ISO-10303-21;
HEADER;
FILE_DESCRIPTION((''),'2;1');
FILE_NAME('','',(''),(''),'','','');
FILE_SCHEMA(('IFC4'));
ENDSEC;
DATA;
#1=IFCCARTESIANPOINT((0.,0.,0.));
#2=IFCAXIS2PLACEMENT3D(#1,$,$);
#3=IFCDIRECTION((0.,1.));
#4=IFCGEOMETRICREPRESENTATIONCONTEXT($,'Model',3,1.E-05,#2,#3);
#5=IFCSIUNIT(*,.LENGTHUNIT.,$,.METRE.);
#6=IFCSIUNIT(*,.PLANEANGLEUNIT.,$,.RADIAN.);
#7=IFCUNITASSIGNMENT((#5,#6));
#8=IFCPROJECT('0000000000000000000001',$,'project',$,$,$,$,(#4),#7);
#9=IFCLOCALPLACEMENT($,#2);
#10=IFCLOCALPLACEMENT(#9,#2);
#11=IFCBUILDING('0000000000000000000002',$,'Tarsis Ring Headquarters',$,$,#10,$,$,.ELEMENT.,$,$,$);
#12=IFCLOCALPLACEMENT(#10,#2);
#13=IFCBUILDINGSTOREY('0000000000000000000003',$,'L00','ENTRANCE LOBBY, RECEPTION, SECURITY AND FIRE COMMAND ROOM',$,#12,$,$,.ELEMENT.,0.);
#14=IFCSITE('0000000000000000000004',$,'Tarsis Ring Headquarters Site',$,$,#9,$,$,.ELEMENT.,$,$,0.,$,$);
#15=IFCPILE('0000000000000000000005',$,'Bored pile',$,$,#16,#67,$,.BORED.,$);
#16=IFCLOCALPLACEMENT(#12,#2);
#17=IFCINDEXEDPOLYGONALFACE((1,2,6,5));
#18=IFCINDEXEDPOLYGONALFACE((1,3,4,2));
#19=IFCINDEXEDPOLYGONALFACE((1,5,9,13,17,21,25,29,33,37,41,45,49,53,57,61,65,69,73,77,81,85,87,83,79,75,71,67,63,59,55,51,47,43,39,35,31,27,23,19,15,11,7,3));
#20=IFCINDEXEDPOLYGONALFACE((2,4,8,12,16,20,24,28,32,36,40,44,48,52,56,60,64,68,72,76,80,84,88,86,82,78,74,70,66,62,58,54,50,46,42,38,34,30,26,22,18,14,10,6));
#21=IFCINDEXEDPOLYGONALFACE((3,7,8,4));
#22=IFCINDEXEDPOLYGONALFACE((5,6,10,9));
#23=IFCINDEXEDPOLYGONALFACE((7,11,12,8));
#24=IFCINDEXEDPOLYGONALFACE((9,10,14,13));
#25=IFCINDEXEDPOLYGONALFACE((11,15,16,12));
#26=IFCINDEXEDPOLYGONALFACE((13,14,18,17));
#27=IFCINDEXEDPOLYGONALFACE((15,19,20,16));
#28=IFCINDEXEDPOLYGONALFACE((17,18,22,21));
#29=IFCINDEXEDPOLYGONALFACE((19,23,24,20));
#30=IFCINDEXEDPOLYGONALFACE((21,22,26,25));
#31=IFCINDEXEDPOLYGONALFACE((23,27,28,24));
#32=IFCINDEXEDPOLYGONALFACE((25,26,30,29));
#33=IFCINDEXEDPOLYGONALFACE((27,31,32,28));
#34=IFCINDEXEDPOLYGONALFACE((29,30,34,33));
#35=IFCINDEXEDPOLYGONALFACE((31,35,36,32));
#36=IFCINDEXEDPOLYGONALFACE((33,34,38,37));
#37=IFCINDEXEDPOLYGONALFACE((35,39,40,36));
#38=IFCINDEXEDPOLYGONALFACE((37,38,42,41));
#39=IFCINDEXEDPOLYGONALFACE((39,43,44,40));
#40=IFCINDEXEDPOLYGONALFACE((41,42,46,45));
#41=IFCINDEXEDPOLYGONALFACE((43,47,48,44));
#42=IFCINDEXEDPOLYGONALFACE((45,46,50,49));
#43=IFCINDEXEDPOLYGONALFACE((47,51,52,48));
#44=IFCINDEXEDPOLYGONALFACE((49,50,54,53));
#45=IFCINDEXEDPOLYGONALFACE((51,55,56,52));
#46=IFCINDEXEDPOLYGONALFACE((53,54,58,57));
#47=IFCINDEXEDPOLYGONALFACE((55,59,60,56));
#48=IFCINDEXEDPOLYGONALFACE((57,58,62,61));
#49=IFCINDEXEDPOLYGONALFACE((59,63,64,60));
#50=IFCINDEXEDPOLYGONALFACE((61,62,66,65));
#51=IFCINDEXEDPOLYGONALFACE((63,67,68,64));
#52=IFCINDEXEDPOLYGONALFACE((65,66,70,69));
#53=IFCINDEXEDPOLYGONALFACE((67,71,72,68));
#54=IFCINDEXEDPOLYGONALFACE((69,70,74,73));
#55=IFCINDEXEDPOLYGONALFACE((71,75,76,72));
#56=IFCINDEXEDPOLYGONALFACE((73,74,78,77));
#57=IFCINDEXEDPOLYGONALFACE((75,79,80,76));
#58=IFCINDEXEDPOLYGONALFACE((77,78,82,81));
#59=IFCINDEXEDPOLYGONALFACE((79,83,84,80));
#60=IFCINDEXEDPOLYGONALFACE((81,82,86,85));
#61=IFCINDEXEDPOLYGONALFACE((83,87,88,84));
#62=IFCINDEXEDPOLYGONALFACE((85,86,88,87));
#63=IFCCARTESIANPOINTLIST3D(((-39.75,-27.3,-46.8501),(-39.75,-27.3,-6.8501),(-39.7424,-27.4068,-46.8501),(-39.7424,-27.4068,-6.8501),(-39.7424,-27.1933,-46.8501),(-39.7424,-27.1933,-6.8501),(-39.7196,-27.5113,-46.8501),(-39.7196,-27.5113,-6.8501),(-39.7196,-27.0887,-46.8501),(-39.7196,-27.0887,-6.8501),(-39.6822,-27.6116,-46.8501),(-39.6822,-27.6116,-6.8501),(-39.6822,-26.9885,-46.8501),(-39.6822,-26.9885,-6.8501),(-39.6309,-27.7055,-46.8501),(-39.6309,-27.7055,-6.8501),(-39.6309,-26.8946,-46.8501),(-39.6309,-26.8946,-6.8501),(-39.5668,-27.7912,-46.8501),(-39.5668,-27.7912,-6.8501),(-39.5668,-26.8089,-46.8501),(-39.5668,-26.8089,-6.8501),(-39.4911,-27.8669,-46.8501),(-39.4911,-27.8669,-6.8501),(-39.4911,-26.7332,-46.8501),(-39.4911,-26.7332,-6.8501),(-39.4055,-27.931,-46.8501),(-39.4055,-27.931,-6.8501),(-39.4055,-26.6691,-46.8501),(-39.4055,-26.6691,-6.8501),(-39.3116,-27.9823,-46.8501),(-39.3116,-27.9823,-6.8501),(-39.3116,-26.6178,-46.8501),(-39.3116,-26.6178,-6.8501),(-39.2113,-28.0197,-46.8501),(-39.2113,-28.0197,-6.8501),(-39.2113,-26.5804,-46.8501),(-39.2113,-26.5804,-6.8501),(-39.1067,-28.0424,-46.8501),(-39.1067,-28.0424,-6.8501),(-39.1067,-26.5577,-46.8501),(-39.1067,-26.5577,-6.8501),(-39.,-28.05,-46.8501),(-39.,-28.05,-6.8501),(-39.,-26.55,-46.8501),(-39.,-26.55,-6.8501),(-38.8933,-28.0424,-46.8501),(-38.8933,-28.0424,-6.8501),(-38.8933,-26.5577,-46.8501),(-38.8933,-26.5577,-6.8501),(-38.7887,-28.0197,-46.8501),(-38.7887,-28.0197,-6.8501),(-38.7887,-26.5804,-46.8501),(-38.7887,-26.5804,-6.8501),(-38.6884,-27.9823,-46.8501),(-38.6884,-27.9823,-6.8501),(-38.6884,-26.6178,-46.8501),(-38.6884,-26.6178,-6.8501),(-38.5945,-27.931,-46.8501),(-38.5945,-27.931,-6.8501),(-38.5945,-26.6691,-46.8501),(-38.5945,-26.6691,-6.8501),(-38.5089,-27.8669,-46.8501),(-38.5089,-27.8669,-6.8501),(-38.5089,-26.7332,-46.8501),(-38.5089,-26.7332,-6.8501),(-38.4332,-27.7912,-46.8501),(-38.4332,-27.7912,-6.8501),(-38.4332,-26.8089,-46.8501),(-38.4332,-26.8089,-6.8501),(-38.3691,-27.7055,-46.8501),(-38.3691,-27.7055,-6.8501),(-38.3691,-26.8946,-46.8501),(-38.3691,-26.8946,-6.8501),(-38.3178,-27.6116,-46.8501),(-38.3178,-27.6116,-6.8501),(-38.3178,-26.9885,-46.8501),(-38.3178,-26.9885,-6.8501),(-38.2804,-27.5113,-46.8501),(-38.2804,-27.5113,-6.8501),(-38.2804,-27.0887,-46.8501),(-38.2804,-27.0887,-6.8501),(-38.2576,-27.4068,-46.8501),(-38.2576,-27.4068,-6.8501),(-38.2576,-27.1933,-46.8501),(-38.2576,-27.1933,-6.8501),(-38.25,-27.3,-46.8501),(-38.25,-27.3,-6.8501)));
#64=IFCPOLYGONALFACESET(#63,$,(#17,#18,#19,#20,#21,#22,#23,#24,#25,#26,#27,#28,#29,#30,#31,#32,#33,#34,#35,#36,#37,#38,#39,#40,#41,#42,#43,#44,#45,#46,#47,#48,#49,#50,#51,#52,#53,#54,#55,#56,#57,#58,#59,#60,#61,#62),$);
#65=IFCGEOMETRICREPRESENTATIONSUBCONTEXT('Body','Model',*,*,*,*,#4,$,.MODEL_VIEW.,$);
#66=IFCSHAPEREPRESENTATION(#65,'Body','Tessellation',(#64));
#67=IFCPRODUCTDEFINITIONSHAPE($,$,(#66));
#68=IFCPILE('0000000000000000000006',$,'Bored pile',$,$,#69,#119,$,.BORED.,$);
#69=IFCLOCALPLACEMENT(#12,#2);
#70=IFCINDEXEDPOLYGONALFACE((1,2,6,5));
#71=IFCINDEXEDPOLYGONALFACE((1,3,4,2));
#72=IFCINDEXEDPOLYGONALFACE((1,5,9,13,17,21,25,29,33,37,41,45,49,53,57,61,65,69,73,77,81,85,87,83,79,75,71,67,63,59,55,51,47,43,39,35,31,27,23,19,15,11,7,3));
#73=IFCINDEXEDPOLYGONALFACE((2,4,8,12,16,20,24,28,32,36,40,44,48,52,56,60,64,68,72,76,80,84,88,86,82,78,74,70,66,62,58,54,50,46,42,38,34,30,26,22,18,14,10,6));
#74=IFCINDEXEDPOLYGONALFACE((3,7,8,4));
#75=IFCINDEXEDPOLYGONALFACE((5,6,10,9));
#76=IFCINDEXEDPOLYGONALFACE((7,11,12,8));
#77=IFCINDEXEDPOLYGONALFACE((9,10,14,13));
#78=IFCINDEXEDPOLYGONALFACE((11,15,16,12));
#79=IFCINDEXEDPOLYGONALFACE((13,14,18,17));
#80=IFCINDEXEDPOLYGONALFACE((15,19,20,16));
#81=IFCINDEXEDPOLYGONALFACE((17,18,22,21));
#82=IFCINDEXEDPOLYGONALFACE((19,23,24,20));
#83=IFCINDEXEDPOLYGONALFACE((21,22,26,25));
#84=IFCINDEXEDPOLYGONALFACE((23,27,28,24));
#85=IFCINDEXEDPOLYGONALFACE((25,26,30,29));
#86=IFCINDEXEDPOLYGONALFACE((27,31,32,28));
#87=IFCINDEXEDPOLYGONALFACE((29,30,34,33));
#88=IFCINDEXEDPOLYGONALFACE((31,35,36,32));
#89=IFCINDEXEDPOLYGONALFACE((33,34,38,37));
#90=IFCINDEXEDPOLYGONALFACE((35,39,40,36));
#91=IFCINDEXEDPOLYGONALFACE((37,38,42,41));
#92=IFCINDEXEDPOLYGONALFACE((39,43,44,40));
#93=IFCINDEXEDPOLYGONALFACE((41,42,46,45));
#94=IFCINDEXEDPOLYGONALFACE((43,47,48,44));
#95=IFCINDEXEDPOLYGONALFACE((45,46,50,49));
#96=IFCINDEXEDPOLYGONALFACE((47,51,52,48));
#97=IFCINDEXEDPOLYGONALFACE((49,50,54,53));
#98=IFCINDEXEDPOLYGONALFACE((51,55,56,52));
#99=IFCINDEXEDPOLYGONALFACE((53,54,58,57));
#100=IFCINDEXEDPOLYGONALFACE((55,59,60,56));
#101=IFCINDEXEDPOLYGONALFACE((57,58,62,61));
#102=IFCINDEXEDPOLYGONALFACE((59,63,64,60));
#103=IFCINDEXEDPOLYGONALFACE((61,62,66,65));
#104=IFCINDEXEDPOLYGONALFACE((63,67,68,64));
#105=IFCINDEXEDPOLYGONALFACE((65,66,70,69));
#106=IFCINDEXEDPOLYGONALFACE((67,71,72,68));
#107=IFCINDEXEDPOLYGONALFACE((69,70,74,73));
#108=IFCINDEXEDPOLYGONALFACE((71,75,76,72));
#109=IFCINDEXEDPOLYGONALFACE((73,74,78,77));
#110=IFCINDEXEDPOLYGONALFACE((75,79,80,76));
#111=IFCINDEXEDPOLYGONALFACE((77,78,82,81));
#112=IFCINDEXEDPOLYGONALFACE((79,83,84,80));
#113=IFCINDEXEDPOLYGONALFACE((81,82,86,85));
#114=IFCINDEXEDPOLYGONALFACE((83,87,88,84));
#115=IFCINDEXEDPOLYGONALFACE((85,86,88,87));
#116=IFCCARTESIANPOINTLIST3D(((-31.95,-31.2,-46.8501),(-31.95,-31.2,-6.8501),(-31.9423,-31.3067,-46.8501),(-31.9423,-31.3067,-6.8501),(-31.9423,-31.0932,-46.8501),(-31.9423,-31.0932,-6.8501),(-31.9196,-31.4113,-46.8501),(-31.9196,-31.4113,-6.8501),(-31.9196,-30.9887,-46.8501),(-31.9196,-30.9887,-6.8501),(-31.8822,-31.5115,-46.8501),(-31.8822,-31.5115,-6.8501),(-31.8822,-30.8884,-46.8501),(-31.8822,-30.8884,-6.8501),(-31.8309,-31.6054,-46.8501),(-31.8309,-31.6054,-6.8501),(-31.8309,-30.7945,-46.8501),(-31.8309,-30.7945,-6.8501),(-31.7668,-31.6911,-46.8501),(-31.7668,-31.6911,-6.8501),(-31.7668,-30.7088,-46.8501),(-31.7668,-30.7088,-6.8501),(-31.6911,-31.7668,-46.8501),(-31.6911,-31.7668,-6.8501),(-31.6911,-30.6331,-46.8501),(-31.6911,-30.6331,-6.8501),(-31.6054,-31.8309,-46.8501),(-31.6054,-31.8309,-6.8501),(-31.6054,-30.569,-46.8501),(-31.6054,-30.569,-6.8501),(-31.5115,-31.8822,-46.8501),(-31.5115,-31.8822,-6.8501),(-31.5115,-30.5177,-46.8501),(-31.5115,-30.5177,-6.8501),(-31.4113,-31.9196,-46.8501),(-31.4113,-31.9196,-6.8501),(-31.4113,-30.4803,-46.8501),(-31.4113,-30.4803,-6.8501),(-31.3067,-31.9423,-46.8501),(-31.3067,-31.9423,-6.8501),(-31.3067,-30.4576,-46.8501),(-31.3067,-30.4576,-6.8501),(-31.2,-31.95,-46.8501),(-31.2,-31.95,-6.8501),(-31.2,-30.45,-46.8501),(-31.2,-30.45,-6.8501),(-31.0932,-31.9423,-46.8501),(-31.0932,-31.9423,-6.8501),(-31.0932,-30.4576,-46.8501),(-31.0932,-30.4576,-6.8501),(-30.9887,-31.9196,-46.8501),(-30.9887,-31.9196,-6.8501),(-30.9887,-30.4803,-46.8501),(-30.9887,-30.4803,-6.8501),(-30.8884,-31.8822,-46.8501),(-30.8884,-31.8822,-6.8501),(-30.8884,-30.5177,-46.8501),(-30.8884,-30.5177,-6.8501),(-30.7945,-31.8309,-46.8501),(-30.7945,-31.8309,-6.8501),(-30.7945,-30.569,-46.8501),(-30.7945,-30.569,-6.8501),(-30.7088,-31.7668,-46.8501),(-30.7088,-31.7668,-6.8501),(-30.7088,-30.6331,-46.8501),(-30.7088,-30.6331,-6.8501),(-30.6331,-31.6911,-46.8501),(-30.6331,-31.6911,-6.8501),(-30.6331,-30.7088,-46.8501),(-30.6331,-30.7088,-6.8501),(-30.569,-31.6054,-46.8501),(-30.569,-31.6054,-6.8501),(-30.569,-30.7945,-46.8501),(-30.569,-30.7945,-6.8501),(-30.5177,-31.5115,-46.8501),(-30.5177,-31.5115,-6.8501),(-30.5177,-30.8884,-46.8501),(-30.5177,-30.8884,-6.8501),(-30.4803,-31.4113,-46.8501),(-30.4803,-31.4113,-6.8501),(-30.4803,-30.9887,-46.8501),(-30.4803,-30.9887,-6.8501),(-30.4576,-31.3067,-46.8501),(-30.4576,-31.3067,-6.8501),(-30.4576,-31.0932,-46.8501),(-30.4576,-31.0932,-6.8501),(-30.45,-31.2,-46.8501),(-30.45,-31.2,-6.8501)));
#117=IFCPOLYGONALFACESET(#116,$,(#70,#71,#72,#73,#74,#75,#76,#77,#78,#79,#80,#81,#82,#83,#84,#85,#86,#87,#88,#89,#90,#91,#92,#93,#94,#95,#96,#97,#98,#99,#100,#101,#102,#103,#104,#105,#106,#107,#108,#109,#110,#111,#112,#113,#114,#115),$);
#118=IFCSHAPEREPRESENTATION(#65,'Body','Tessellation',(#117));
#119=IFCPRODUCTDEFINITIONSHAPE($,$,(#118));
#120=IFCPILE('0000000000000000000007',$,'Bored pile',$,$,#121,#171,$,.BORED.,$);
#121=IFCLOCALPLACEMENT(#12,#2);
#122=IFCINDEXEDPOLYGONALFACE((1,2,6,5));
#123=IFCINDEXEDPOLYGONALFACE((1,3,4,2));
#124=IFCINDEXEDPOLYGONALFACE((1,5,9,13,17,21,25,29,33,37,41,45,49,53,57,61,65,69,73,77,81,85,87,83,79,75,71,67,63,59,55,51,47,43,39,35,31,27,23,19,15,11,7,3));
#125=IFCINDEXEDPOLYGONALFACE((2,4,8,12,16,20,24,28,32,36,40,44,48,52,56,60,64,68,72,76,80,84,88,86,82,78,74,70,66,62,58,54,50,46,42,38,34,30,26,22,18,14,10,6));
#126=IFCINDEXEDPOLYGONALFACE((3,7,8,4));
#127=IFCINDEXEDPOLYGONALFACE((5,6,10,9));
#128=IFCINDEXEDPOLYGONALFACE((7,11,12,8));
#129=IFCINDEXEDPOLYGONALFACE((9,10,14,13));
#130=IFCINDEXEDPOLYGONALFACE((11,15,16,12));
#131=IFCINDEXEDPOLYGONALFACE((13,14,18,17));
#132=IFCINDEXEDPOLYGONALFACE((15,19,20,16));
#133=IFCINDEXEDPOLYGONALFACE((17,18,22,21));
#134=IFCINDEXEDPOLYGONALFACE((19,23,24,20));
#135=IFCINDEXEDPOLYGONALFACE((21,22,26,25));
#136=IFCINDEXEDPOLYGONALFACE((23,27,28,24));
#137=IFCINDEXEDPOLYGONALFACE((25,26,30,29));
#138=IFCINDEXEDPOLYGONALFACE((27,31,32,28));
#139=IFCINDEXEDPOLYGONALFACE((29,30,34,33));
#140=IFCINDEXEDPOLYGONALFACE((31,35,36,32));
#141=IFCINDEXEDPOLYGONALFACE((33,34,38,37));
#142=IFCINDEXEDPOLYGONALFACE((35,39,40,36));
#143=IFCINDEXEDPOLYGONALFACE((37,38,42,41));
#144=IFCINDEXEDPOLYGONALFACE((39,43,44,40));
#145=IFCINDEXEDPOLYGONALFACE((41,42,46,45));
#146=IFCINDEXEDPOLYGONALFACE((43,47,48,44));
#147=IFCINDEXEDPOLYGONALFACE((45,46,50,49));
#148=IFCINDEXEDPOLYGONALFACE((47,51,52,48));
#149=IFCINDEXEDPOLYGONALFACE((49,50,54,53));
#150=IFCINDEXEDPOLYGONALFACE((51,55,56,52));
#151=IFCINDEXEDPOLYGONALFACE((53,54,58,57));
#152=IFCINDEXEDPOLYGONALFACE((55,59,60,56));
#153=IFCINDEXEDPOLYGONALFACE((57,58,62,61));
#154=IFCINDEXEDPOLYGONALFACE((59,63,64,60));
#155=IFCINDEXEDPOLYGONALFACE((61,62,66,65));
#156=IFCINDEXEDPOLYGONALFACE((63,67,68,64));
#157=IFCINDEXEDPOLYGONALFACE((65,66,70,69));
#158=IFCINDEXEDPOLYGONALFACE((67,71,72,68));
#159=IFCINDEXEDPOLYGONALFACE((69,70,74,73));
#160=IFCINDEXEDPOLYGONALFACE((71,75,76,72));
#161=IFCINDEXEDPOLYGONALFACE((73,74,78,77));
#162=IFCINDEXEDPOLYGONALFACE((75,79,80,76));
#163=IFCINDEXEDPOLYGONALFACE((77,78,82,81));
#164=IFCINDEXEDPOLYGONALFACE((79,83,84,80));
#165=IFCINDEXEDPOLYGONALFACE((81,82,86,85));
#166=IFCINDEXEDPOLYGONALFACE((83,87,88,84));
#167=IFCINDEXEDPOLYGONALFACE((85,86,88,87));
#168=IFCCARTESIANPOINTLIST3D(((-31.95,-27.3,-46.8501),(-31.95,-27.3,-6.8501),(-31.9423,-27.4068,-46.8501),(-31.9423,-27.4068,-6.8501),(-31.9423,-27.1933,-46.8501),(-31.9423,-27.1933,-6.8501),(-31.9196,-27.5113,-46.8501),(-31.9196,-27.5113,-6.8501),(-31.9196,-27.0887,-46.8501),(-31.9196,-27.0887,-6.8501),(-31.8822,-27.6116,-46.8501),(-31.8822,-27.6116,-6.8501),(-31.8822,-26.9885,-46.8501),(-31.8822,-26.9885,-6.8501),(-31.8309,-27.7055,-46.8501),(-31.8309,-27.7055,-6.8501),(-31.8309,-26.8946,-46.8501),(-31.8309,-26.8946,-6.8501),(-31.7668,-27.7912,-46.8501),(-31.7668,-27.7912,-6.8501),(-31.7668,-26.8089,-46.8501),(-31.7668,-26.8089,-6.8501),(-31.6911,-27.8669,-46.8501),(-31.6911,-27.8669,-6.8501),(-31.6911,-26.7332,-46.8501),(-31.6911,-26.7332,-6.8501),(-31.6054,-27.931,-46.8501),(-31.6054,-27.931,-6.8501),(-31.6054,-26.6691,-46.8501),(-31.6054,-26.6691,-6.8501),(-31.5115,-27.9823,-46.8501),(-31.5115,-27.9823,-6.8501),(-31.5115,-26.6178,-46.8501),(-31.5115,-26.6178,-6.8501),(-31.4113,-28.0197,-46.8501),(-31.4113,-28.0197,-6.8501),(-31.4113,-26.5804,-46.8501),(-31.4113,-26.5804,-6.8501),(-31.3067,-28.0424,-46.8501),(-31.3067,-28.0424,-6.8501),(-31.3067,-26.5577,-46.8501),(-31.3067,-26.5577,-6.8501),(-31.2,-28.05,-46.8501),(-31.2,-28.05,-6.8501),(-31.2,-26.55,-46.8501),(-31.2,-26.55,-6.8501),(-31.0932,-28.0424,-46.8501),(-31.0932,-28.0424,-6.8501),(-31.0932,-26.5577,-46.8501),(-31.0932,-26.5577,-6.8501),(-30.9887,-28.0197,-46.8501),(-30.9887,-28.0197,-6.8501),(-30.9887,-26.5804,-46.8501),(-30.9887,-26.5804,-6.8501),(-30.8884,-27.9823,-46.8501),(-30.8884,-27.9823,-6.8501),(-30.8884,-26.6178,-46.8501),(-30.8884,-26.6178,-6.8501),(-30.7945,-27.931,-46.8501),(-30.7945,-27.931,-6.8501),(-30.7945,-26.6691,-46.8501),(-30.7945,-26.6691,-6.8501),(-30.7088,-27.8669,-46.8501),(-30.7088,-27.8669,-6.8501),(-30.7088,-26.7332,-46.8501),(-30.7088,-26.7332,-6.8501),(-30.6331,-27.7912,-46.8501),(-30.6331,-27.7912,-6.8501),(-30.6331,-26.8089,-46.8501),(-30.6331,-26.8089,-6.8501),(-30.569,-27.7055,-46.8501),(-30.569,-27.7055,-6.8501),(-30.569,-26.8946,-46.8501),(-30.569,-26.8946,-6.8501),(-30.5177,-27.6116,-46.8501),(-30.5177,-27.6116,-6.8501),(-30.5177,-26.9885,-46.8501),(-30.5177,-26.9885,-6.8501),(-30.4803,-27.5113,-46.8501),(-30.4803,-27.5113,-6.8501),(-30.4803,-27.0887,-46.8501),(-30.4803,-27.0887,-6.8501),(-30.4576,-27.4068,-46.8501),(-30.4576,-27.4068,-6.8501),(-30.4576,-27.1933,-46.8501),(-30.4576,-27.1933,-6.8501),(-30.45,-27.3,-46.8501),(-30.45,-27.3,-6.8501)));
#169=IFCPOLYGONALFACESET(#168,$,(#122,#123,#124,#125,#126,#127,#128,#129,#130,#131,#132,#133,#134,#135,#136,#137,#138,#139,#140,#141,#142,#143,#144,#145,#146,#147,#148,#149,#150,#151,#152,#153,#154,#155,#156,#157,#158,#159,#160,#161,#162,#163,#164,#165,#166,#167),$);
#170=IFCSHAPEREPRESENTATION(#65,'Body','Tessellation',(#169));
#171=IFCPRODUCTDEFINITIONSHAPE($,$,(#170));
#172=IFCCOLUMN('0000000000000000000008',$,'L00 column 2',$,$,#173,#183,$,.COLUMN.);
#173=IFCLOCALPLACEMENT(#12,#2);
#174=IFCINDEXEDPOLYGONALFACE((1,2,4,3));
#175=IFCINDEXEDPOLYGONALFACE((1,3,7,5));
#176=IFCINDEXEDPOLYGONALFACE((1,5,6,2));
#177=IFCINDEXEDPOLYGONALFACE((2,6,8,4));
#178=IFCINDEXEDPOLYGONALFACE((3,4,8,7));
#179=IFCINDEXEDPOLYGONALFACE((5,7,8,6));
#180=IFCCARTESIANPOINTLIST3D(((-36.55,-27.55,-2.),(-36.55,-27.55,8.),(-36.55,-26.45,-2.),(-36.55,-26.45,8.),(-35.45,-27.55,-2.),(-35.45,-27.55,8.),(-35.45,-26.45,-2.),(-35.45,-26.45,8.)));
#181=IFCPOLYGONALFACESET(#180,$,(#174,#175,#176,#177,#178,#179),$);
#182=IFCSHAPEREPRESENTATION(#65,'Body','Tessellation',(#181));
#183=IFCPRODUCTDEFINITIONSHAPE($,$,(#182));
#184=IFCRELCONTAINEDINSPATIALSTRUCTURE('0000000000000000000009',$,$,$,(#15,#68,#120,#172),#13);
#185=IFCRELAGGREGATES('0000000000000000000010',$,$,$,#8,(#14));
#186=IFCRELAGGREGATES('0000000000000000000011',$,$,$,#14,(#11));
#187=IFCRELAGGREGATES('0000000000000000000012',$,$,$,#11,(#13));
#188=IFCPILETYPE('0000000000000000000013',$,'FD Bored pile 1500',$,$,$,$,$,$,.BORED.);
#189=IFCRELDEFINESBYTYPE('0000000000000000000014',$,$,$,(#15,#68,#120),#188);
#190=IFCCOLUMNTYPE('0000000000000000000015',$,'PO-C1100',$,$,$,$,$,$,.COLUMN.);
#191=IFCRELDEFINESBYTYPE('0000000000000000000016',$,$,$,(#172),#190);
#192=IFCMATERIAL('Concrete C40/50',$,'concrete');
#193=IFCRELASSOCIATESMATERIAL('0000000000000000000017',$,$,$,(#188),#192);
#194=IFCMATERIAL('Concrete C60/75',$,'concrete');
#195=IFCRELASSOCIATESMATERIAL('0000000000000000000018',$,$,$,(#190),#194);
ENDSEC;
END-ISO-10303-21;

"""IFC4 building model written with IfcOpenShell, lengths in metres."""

from ifc_helpers import new_model, si_unit, direction, frame, origin, origin_2d, place, context, subcontext, project, spatial, rectangle, circle, extrude, material, material_profile, profile_set, type_object, element, save


model = new_model("IFC4")

# Units and contexts
model_context = context("Model", 3, precision=1e-05, world=origin(), true_north=direction((0.0, 1.0)))
body_context = subcontext(model_context, "Body", "Model", "MODEL_VIEW")
ifc_project = project(units=[si_unit("LENGTHUNIT", "METRE"), si_unit("PLANEANGLEUNIT", "RADIAN")], contexts=[model_context])

# Site, building, storey
site_placement = place(None, origin())
site = spatial("IfcSite", under=ifc_project, at=site_placement, Name="Tarsis Ring Headquarters Site", CompositionType="ELEMENT", RefElevation=0.0)
building_placement = place(site_placement, origin())
building = spatial("IfcBuilding", under=site, at=building_placement, Name="Tarsis Ring Headquarters", CompositionType="ELEMENT")
storey_placement = place(building_placement, origin())
storey = spatial("IfcBuildingStorey", under=building, at=storey_placement, Name="L00", Description="ENTRANCE LOBBY, RECEPTION, SECURITY AND FIRE COMMAND ROOM", CompositionType="ELEMENT", Elevation=0.0)

# Piles
ifc_material_1 = material(Name="Concrete C40/50", Category="concrete")
ifc_material_profile_1 = material_profile(ifc_material_1, circle(Radius=0.75, at=origin_2d()), Name="BORED 1500")
ifc_profile_set_1 = profile_set([ifc_material_profile_1], Name="Concrete C40/50")
pile_type = type_object("IfcPileType", Name="FD Bored pile 1500", PredefinedType="BORED", material=ifc_profile_set_1)
for number, where, z_axis, x_axis, name in (
    (1, (-39.0, -27.3, -6.8501), (0.0, 0.0, -1.0), (1.0, 0.0, 0.0), "Bored pile"),
    (2, (-31.2, -31.2, -6.8501), (0.0, 0.0, -1.0), (1.0, 0.0, 0.0), "Bored pile"),
    (3, (-31.2, -27.3, -6.8501), (0.0, 0.0, -1.0), (1.0, 0.0, 0.0), "Bored pile"),
):
    element("IfcPile", number, at=place(storey_placement, frame(where, z_axis=z_axis, x_axis=x_axis)), inside=storey, type_object=pile_type, Name=name, PredefinedType="BORED", context=body_context, shape_type="SweptSolid", body=[
        extrude(circle(Radius=0.75, at=origin_2d()), origin(), (0.0, 0.0, 1.0), 40.0),
    ])

# Column
ifc_material_2 = material(Name="Concrete C60/75", Category="concrete")
ifc_material_profile_2 = material_profile(ifc_material_2, rectangle(XDim=1.1001, YDim=1.1001, at=origin_2d()), Name="PO-C1100")
ifc_profile_set_2 = profile_set([ifc_material_profile_2], Name="Concrete C60/75")
column_type_1 = type_object("IfcColumnType", Name="PO-C1100", PredefinedType="COLUMN", material=ifc_profile_set_2)
column_1_placement = place(storey_placement, frame((-36.0, -27.0, -2.0), z_axis=(0.0, 0.0, 1.0), x_axis=(1.0, 0.0, 0.0)))
element("IfcColumn", 4, at=column_1_placement, inside=storey, type_object=column_type_1, Name="L00 column 2", PredefinedType="COLUMN", context=body_context, shape_type="SweptSolid", body=[
    extrude(rectangle(XDim=1.1001, YDim=1.1001, at=origin_2d()), origin(), (0.0, 0.0, 1.0), 10.0),
])

save(model, "model.ifc")
